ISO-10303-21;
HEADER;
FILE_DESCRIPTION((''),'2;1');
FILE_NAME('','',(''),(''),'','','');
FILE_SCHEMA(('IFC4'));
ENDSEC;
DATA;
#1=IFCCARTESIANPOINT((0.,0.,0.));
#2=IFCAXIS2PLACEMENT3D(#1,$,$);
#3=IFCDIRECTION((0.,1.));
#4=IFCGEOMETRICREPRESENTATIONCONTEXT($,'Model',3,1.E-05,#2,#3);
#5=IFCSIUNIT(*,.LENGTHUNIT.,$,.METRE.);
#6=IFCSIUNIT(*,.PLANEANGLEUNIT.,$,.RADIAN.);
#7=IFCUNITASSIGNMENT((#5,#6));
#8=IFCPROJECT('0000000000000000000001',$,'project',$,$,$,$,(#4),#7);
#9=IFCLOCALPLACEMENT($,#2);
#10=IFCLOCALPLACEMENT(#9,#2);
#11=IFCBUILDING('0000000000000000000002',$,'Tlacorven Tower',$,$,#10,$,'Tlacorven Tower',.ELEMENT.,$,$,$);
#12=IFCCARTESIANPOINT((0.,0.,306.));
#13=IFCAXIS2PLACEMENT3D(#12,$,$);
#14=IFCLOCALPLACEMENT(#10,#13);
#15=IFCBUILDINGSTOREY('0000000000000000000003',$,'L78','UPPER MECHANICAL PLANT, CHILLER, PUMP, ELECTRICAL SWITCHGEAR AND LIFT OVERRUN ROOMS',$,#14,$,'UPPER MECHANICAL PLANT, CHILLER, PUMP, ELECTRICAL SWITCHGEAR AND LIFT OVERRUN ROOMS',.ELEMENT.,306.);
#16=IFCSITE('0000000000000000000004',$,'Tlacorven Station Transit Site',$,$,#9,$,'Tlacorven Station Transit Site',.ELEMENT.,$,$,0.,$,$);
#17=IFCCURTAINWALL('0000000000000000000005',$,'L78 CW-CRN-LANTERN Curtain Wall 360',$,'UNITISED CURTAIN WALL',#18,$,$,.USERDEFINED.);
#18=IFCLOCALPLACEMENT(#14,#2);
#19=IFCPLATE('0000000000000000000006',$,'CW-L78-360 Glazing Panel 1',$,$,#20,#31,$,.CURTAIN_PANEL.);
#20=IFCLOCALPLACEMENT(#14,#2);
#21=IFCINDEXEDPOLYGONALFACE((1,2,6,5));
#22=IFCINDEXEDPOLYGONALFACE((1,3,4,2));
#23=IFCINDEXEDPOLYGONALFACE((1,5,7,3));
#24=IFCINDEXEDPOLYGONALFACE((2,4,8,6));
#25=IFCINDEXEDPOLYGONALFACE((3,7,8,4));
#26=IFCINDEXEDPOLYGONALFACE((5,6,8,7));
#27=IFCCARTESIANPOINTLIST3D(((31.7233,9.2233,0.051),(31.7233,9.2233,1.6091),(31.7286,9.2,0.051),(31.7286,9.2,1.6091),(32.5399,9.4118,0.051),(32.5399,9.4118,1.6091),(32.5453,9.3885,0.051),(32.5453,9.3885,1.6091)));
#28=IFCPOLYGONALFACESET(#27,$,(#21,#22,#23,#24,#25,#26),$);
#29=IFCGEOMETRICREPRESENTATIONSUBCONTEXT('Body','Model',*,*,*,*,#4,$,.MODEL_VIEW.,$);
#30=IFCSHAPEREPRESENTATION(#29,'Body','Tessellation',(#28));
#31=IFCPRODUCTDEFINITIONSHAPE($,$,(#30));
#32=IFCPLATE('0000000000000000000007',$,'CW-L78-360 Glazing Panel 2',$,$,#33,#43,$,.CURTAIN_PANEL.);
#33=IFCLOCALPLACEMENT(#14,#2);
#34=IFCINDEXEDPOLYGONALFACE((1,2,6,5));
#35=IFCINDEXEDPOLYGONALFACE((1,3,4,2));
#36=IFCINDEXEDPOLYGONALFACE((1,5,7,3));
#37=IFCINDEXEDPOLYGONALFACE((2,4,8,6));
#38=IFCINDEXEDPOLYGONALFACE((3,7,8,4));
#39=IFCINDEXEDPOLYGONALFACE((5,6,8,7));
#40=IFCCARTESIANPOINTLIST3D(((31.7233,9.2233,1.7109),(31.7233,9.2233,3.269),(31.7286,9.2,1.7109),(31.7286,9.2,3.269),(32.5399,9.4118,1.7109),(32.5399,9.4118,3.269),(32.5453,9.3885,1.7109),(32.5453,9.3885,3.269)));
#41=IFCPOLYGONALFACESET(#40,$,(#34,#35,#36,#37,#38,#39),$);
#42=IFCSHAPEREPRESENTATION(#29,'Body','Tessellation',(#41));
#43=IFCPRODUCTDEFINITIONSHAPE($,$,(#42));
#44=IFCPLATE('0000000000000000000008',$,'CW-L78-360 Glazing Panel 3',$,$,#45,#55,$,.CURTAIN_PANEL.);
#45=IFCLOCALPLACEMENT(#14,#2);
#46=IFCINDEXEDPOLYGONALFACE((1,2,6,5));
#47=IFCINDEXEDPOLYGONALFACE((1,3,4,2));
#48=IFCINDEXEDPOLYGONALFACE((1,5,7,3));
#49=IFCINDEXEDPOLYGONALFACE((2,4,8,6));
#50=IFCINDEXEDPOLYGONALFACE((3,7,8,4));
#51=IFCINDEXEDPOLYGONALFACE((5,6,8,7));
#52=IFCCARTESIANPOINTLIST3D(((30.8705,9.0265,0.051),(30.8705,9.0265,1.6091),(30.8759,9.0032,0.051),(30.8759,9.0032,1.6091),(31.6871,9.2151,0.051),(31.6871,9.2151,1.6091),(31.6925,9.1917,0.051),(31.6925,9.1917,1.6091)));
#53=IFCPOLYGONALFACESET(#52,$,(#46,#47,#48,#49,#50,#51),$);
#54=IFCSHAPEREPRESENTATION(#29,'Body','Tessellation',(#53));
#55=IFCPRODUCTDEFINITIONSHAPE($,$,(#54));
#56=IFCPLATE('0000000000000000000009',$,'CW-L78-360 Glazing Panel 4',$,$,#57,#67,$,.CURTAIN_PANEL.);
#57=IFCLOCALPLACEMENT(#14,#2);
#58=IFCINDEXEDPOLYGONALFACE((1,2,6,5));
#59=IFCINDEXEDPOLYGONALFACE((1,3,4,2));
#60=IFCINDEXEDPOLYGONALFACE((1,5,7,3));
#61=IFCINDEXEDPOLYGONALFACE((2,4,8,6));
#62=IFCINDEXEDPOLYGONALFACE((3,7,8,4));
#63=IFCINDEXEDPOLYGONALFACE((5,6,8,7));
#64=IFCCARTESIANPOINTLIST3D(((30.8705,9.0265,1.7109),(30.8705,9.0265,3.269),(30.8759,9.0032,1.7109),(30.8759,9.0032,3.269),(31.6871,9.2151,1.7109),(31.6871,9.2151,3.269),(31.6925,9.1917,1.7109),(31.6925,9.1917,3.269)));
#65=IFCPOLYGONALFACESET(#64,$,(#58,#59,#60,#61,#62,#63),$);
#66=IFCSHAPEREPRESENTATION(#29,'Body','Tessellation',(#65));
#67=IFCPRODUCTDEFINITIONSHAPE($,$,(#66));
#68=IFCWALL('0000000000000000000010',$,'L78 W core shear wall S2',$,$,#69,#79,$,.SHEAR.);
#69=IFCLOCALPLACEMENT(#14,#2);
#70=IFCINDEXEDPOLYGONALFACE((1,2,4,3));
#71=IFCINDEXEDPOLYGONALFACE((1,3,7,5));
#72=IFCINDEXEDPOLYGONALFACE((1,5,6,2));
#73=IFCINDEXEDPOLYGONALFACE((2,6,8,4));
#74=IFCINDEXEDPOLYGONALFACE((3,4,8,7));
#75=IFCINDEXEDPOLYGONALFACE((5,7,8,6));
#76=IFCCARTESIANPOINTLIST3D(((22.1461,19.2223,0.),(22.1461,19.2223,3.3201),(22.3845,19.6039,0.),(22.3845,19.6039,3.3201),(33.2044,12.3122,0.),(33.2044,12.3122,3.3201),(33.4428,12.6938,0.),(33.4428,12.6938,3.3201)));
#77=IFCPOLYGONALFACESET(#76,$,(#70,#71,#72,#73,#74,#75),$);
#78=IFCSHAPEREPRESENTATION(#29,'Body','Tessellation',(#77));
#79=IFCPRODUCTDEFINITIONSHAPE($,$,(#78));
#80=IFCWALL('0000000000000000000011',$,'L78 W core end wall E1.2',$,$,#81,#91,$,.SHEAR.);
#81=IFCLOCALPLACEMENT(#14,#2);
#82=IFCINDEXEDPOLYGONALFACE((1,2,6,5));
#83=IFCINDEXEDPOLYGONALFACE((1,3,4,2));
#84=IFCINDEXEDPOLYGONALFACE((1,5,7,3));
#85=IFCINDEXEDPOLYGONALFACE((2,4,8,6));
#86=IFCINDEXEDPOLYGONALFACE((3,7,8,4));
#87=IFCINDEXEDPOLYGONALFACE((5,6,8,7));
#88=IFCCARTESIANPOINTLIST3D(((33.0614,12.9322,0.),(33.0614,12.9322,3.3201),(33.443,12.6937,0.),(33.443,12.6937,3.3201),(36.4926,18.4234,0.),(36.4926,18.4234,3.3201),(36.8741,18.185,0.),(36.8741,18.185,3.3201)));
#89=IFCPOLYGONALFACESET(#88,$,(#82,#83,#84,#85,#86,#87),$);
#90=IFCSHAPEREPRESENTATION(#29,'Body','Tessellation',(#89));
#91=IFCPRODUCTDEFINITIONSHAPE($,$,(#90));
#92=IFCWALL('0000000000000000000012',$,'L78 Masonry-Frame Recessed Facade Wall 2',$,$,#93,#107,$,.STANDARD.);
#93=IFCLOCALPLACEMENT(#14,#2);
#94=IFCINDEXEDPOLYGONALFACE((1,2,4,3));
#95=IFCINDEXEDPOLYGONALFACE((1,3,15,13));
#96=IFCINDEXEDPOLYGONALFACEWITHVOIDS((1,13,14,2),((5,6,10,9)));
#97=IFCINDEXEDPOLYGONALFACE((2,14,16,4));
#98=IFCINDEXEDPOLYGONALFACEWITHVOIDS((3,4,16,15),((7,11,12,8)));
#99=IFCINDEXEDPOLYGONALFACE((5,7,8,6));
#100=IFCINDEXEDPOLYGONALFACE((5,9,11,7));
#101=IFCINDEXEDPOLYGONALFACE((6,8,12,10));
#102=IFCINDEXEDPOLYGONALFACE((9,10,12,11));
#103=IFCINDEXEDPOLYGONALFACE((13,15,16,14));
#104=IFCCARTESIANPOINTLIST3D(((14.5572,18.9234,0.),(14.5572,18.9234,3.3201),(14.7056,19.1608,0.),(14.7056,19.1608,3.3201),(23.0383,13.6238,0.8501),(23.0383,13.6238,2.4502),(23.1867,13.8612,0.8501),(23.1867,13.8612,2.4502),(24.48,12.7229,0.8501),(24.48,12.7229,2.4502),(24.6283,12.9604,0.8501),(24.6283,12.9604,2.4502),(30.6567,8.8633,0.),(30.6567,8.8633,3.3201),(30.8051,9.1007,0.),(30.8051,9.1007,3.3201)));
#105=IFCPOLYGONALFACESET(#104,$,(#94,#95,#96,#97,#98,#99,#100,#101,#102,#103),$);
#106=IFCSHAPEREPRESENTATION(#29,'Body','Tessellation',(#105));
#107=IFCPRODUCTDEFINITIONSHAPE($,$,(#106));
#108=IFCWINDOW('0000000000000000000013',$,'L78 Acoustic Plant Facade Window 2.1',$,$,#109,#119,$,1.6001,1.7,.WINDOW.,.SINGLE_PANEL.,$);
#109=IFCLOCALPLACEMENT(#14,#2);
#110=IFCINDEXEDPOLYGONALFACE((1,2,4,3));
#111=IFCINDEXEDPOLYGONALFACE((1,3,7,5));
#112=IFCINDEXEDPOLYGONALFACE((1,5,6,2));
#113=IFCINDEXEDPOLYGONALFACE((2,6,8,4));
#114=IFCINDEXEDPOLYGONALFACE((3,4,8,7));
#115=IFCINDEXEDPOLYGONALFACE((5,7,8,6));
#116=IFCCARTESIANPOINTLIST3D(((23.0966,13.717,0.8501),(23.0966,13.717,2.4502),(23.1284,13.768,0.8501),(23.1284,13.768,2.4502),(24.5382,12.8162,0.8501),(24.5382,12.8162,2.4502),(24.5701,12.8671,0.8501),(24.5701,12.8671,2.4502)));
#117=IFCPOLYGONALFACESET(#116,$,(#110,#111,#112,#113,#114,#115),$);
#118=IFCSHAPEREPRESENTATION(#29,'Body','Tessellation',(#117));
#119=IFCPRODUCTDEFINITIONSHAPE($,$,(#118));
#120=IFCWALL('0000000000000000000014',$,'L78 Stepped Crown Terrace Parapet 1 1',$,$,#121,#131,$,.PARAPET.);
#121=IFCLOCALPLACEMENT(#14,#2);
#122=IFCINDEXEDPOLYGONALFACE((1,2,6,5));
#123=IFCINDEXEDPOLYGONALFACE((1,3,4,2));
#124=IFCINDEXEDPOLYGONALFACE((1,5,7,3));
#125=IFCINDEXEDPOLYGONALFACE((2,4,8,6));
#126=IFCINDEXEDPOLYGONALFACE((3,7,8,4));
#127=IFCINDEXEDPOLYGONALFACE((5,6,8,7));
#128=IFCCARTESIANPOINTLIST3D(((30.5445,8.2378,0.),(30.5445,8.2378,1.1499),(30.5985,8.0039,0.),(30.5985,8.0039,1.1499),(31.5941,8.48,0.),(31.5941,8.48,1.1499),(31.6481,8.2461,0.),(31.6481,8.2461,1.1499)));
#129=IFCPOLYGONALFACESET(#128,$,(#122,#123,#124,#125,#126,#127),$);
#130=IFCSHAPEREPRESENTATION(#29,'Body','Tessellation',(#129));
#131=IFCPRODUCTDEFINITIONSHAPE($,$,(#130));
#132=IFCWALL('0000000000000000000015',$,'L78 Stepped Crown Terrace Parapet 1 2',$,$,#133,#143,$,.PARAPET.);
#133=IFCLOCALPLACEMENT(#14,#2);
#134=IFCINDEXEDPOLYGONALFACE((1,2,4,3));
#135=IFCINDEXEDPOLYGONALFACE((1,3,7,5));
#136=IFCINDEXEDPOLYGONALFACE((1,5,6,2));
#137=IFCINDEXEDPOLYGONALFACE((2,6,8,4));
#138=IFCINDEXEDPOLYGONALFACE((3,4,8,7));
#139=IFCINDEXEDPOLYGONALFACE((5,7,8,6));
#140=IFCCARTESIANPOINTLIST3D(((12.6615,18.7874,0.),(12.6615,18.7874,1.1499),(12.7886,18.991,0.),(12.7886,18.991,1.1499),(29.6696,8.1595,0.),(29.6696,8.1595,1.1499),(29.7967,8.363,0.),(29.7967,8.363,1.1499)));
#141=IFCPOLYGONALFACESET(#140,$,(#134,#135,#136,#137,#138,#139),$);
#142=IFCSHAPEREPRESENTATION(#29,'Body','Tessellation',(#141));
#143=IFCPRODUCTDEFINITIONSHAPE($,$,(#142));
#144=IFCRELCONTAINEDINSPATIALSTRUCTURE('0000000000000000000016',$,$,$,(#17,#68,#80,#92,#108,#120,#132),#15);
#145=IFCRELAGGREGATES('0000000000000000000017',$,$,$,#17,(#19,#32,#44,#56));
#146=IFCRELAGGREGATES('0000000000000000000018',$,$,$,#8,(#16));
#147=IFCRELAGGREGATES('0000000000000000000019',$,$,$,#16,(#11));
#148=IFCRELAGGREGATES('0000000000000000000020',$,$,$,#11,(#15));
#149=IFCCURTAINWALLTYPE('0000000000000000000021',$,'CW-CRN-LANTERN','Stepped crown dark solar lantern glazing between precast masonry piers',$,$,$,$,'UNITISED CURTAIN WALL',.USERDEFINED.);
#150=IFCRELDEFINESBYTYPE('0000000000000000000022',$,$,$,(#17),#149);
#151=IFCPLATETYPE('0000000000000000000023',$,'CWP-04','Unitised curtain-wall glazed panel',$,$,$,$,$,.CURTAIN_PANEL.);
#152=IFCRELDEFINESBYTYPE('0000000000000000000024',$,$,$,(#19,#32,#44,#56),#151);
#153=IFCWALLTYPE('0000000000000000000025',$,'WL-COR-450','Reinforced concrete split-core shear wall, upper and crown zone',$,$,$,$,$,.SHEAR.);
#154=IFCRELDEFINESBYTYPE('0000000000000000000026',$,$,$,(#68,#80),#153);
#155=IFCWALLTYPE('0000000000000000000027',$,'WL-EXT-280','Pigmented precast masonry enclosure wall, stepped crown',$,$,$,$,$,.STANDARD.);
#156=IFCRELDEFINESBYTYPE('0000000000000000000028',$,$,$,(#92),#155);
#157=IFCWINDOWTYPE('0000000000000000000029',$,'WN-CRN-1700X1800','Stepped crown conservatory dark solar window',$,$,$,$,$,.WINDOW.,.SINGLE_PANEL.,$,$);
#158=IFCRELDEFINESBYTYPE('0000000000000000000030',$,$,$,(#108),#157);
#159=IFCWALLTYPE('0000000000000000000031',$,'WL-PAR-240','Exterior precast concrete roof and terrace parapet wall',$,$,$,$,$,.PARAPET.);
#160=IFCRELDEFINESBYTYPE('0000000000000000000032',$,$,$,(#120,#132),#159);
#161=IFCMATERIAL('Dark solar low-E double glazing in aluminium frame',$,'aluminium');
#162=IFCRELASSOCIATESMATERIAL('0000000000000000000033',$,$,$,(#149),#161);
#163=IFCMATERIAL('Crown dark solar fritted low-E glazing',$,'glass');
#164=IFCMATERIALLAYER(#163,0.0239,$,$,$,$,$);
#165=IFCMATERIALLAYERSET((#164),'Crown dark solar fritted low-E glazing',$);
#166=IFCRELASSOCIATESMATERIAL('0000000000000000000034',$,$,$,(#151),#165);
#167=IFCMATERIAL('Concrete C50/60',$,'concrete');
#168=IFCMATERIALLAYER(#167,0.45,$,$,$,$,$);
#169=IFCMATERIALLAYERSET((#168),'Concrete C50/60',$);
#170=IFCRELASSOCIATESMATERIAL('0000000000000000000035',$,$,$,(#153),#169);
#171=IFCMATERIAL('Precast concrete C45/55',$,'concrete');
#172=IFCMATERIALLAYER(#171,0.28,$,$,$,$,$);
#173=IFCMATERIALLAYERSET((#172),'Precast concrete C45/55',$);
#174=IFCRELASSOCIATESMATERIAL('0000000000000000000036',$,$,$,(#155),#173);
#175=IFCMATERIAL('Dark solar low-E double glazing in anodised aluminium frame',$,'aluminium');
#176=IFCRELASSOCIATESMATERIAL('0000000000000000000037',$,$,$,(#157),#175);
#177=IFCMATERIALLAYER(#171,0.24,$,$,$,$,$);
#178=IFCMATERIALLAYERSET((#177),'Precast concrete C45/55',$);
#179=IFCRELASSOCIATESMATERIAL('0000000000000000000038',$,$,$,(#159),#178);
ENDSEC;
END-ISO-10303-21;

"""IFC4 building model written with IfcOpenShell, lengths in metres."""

from ifc_helpers import new_model, si_unit, direction, frame, frame_2d, origin, origin_2d, place, context, subcontext, project, spatial, rectangle, extrude, source, transform, mapped, material, layer, layer_set, type_object, element, fill, aggregate, save


model = new_model("IFC4")

# Units and contexts
model_context = context("Model", 3, precision=1e-05, world=origin(), true_north=direction((0.0, 1.0)))
body_context = subcontext(model_context, "Body", "Model", "MODEL_VIEW")
ifc_project = project(units=[si_unit("LENGTHUNIT", "METRE"), si_unit("PLANEANGLEUNIT", "RADIAN")], contexts=[model_context])

# Site, building, storey
site_placement = place(None, origin())
site = spatial("IfcSite", under=ifc_project, at=site_placement, Name="Tlacorven Station Transit Site", LongName="Tlacorven Station Transit Site", CompositionType="ELEMENT", RefElevation=0.0)
building_placement = place(site_placement, origin())
building = spatial("IfcBuilding", under=site, at=building_placement, Name="Tlacorven Tower", LongName="Tlacorven Tower", CompositionType="ELEMENT")
storey_placement = place(building_placement, frame((0.0, 0.0, 306.0)))
storey = spatial("IfcBuildingStorey", under=building, at=storey_placement, Name="L78", Description="UPPER MECHANICAL PLANT, CHILLER, PUMP, ELECTRICAL SWITCHGEAR AND LIFT OVERRUN ROOMS", LongName="UPPER MECHANICAL PLANT, CHILLER, PUMP, ELECTRICAL SWITCHGEAR AND LIFT OVERRUN ROOMS", CompositionType="ELEMENT", Elevation=306.0)

# Curtain wall, plates
ifc_material_1 = material(Name="Dark solar low-E double glazing in aluminium frame", Category="aluminium")
curtain_wall_type = type_object("IfcCurtainWallType", Name="CW-CRN-LANTERN", Description="Stepped crown dark solar lantern glazing between precast masonry piers", ElementType="UNITISED CURTAIN WALL", PredefinedType="USERDEFINED", material=ifc_material_1)
curtain_wall_placement = place(storey_placement, origin())
curtain_wall = element("IfcCurtainWall", 1, at=curtain_wall_placement, inside=storey, type_object=curtain_wall_type, Name="L78 CW-CRN-LANTERN Curtain Wall 360", ObjectType="UNITISED CURTAIN WALL", PredefinedType="USERDEFINED")
ifc_material_2 = material(Name="Crown dark solar fritted low-E glazing", Category="glass")
ifc_layer_1 = layer(ifc_material_2, 0.0239)
ifc_layer_set_1 = layer_set([ifc_layer_1], Name="Crown dark solar fritted low-E glazing")
plate_type = type_object("IfcPlateType", Name="CWP-04", Description="Unitised curtain-wall glazed panel", PredefinedType="CURTAIN_PANEL", material=ifc_layer_set_1)
shared_shape_1 = source(origin(), body_context, "Body", "SweptSolid", [
    extrude(rectangle(XDim=0.8381, YDim=0.0239, at=origin_2d()), origin(), (0.0, 0.0, 1.0), 1.5581),
])
plate_1_placement = place(storey_placement, frame((32.1343, 9.3059, 0.051), z_axis=(0.0, 0.0, 1.0), x_axis=(-0.97437, -0.22495, 0.0)))
plate_1 = element("IfcPlate", 2, at=plate_1_placement, type_object=plate_type, Name="CW-L78-360 Glazing Panel 1", PredefinedType="CURTAIN_PANEL", context=body_context, shape_type="MappedRepresentation", body=[
    mapped(shared_shape_1, transform((0.0, 0.0, 0.0), scale=1.0)),
])
plate_2_placement = place(storey_placement, frame((32.1343, 9.3059, 1.7109), z_axis=(0.0, 0.0, 1.0), x_axis=(-0.97437, -0.22495, 0.0)))
plate_2 = element("IfcPlate", 3, at=plate_2_placement, type_object=plate_type, Name="CW-L78-360 Glazing Panel 2", PredefinedType="CURTAIN_PANEL", context=body_context, shape_type="MappedRepresentation", body=[
    mapped(shared_shape_1, transform((0.0, 0.0, 0.0), scale=1.0)),
])
plate_3_placement = place(storey_placement, frame((31.2815, 9.1091, 0.051), z_axis=(0.0, 0.0, 1.0), x_axis=(-0.97437, -0.22495, 0.0)))
plate_3 = element("IfcPlate", 4, at=plate_3_placement, type_object=plate_type, Name="CW-L78-360 Glazing Panel 3", PredefinedType="CURTAIN_PANEL", context=body_context, shape_type="MappedRepresentation", body=[
    mapped(shared_shape_1, transform((0.0, 0.0, 0.0), scale=1.0)),
])
plate_4_placement = place(storey_placement, frame((31.2815, 9.1091, 1.7109), z_axis=(0.0, 0.0, 1.0), x_axis=(-0.97437, -0.22495, 0.0)))
plate_4 = element("IfcPlate", 5, at=plate_4_placement, type_object=plate_type, Name="CW-L78-360 Glazing Panel 4", PredefinedType="CURTAIN_PANEL", context=body_context, shape_type="MappedRepresentation", body=[
    mapped(shared_shape_1, transform((0.0, 0.0, 0.0), scale=1.0)),
])
aggregate(curtain_wall, [plate_1, plate_2, plate_3, plate_4])

# Walls
ifc_material_3 = material(Name="Concrete C50/60", Category="concrete")
ifc_layer_2 = layer(ifc_material_3, 0.45)
ifc_layer_set_2 = layer_set([ifc_layer_2], Name="Concrete C50/60")
wall_type_1 = type_object("IfcWallType", Name="WL-COR-450", Description="Reinforced concrete split-core shear wall, upper and crown zone", PredefinedType="SHEAR", material=ifc_layer_set_2)
wall_1_placement = place(storey_placement, frame((33.3237, 12.5029, 0.0), z_axis=(0.0, 0.0, 1.0), x_axis=(-0.848044, 0.529927, 0.0)))
element("IfcWall", 6, at=wall_1_placement, inside=storey, type_object=wall_type_1, Name="L78 W core shear wall S2", PredefinedType="SHEAR", context=body_context, shape_type="SweptSolid", body=[
    extrude(rectangle(XDim=13.0398, YDim=0.45, at=frame_2d((6.52, 0.0))), origin(), (0.0, 0.0, 1.0), 3.3201),
])
wall_2_placement = place(storey_placement, frame((36.6833, 18.3042, 0.0), z_axis=(0.0, 0.0, 1.0), x_axis=(-0.529904, -0.848058, 0.0)))
element("IfcWall", 7, at=wall_2_placement, inside=storey, type_object=wall_type_1, Name="L78 W core end wall E1.2", PredefinedType="SHEAR", context=body_context, shape_type="SweptSolid", body=[
    extrude(rectangle(XDim=6.4751, YDim=0.45, at=frame_2d((3.2375, 0.0))), origin(), (0.0, 0.0, 1.0), 3.3201),
])

# Wall, opening, window
ifc_material_4 = material(Name="Precast concrete C45/55", Category="concrete")
ifc_layer_3 = layer(ifc_material_4, 0.28)
ifc_layer_set_3 = layer_set([ifc_layer_3], Name="Precast concrete C45/55")
wall_type_2 = type_object("IfcWallType", Name="WL-EXT-280", Description="Pigmented precast masonry enclosure wall, stepped crown", PredefinedType="STANDARD", material=ifc_layer_set_3)
wall_3_placement = place(storey_placement, frame((30.731, 8.9819, 0.0), z_axis=(0.0, 0.0, 1.0), x_axis=(-0.848047, 0.529921, 0.0)))
wall_3 = element("IfcWall", 8, at=wall_3_placement, inside=storey, type_object=wall_type_2, Name="L78 Masonry-Frame Recessed Facade Wall 2", PredefinedType="STANDARD", context=body_context, shape_type="SweptSolid", body=[
    extrude(rectangle(XDim=18.9841, YDim=0.28, at=frame_2d((9.4922, 0.0))), origin(), (0.0, 0.0, 1.0), 3.3201),
])
opening_1_placement = place(wall_3_placement, frame((7.2834, 0.0, 0.8501)))
opening_1 = element("IfcOpeningElement", 9, at=opening_1_placement, cuts=wall_3, PredefinedType="OPENING", context=body_context, shape_type="SweptSolid", body=[
    extrude(rectangle(XDim=1.7, YDim=1.6001, at=frame_2d((0.8501, 0.8))), frame((0.0, 0.1499, 0.0), z_axis=(0.0, -1.0, 0.0), x_axis=(1.0, 0.0, 0.0)), (0.0, 0.0, 1.0), 0.3),
])
ifc_material_5 = material(Name="Dark solar low-E double glazing in anodised aluminium frame", Category="aluminium")
window_type = type_object("IfcWindowType", Name="WN-CRN-1700X1800", Description="Stepped crown conservatory dark solar window", PartitioningType="SINGLE_PANEL", PredefinedType="WINDOW", material=ifc_material_5)
shared_shape_2 = source(origin(), body_context, "Body", "SweptSolid", [
    extrude(rectangle(XDim=1.7, YDim=1.6001, at=frame_2d((0.8501, 0.8))), frame((0.0, 0.03, 0.0), z_axis=(0.0, -1.0, 0.0), x_axis=(1.0, 0.0, 0.0)), (0.0, 0.0, 1.0), 0.0601),
])
window_placement = place(opening_1_placement, origin())
window = element("IfcWindow", 10, at=window_placement, inside=storey, type_object=window_type, Name="L78 Acoustic Plant Facade Window 2.1", OverallHeight=1.6001, OverallWidth=1.7, PartitioningType="SINGLE_PANEL", PredefinedType="WINDOW", context=body_context, shape_type="MappedRepresentation", body=[
    mapped(shared_shape_2, transform((0.0, 0.0, 0.0), scale=1.0)),
])
fill(opening_1, window)

# Walls
ifc_layer_4 = layer(ifc_material_4, 0.24)
ifc_layer_set_4 = layer_set([ifc_layer_4], Name="Precast concrete C45/55")
wall_type_3 = type_object("IfcWallType", Name="WL-PAR-240", Description="Exterior precast concrete roof and terrace parapet wall", PredefinedType="PARAPET", material=ifc_layer_set_4)
wall_4_placement = place(storey_placement, frame((31.6211, 8.363, 0.0), z_axis=(0.0, 0.0, 1.0), x_axis=(-0.974395, -0.224843, 0.0)))
element("IfcWall", 11, at=wall_4_placement, inside=storey, type_object=wall_type_3, Name="L78 Stepped Crown Terrace Parapet 1 1", PredefinedType="PARAPET", context=body_context, shape_type="SweptSolid", body=[
    extrude(rectangle(XDim=1.0771, YDim=0.24, at=frame_2d((0.5386, 0.0))), origin(), (0.0, 0.0, 1.0), 1.1499),
])
wall_5_placement = place(storey_placement, frame((29.7332, 8.2612, 0.0), z_axis=(0.0, 0.0, 1.0), x_axis=(-0.848045, 0.529923, 0.0)))
element("IfcWall", 12, at=wall_5_placement, inside=storey, type_object=wall_type_3, Name="L78 Stepped Crown Terrace Parapet 1 2", PredefinedType="PARAPET", context=body_context, shape_type="SweptSolid", body=[
    extrude(rectangle(XDim=20.0557, YDim=0.24, at=frame_2d((10.0278, 0.0))), origin(), (0.0, 0.0, 1.0), 1.1499),
])

save(model, "model.ifc")
